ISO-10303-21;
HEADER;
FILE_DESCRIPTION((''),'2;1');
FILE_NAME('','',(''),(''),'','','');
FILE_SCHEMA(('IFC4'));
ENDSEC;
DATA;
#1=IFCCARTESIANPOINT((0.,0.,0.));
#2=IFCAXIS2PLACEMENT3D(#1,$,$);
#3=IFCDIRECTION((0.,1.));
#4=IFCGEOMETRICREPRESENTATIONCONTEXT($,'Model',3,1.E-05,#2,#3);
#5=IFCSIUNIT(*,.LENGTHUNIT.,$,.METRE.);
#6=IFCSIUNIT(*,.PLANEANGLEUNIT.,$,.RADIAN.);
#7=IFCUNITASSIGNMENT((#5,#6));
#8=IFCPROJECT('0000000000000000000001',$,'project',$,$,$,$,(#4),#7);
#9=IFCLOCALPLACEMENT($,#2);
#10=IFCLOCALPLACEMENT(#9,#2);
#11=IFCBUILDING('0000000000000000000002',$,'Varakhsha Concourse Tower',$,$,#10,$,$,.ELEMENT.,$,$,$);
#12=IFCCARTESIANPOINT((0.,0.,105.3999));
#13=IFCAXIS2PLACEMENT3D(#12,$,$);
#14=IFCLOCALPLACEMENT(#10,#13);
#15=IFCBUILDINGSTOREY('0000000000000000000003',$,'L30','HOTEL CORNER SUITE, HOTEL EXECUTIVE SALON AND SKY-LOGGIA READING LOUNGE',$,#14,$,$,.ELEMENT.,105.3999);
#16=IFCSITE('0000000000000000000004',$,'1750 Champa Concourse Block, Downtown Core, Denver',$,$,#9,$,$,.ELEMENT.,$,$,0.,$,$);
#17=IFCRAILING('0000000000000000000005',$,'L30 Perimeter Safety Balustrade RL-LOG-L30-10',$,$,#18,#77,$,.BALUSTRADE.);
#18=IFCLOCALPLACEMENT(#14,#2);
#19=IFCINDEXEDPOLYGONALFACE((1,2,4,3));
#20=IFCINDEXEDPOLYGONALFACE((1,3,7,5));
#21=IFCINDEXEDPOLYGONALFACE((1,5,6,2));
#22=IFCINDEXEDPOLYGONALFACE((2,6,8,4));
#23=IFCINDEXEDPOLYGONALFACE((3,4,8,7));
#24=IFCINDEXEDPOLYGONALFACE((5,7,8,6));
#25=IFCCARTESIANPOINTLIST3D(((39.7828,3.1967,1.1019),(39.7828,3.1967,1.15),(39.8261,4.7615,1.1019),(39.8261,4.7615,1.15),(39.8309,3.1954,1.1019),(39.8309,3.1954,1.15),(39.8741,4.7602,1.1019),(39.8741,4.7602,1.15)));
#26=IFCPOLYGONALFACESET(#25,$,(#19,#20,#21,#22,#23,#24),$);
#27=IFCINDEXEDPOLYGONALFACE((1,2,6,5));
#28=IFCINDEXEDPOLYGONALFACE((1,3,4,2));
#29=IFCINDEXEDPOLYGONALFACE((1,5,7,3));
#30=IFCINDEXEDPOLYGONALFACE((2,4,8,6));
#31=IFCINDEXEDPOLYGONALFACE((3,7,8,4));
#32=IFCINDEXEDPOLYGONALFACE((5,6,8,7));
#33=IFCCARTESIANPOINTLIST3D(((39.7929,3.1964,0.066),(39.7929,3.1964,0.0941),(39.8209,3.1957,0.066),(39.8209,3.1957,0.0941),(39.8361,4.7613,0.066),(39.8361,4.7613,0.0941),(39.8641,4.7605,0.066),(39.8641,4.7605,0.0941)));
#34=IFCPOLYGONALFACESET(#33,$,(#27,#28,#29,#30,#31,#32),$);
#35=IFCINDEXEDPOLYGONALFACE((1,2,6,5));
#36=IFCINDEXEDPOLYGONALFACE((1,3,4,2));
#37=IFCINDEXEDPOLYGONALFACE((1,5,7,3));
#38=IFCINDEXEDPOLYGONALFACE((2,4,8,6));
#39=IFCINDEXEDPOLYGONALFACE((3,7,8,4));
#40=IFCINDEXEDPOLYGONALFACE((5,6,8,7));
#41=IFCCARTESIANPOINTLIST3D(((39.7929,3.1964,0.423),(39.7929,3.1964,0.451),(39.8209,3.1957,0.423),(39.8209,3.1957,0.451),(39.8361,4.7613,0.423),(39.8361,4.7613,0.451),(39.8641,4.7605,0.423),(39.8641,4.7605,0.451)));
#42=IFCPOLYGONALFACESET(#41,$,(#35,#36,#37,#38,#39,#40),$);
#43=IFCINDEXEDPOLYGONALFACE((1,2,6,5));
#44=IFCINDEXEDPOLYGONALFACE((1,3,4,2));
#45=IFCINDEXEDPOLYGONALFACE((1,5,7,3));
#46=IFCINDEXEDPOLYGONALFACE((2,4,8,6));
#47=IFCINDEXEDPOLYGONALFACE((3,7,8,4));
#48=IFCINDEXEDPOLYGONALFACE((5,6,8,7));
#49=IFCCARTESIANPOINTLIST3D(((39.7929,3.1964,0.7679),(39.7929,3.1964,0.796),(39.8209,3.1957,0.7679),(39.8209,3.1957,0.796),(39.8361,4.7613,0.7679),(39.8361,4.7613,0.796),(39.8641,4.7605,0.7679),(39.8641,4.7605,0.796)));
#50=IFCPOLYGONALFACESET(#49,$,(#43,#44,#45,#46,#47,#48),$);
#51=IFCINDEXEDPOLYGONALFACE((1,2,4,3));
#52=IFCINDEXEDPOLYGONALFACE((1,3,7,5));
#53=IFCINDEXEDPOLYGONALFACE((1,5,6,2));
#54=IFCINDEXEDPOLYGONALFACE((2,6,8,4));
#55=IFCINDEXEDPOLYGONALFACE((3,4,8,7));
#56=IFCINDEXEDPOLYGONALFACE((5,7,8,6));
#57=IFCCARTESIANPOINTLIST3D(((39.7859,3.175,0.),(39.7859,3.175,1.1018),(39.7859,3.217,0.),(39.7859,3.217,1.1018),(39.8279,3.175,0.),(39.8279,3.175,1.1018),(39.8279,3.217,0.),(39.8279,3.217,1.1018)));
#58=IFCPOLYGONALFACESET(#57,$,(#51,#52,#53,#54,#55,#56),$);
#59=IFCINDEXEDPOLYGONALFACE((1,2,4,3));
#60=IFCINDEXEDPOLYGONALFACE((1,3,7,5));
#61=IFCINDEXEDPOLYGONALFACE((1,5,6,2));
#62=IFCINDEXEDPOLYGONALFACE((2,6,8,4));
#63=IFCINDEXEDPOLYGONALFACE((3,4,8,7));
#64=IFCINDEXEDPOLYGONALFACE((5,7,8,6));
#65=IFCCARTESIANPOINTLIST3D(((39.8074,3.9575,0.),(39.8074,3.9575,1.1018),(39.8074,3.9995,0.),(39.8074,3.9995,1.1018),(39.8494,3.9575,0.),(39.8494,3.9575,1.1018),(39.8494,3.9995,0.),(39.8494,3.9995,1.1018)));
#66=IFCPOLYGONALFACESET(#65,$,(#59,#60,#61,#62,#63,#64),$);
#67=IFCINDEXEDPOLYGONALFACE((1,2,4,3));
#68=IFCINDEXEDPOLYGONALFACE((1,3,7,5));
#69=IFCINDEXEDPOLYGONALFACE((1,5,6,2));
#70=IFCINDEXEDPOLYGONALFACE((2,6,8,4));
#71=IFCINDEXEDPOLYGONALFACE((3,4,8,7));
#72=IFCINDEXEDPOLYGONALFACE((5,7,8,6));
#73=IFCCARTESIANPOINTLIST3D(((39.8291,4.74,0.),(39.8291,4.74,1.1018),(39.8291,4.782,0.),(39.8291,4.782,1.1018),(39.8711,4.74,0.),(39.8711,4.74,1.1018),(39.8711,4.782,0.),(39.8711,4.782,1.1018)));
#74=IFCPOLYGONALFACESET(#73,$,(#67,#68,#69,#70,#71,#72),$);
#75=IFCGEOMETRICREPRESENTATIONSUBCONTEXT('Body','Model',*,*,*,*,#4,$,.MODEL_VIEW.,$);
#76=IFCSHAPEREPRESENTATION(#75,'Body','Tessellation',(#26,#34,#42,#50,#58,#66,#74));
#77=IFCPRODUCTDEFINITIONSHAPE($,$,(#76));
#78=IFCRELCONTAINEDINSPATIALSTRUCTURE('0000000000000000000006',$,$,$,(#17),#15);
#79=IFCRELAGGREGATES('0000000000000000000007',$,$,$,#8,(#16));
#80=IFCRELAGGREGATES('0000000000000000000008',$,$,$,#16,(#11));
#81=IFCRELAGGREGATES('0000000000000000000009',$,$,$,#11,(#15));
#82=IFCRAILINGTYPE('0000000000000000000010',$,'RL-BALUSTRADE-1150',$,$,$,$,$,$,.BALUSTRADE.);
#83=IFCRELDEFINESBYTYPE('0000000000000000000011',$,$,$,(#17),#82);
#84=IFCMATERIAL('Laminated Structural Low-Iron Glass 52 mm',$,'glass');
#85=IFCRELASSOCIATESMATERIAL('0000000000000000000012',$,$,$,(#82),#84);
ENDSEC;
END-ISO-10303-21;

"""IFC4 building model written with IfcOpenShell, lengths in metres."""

from ifc_helpers import new_model, si_unit, direction, frame, origin, origin_2d, place, context, subcontext, project, spatial, rectangle, extrude, material, type_object, element, save


model = new_model("IFC4")

# Units and contexts
model_context = context("Model", 3, precision=1e-05, world=origin(), true_north=direction((0.0, 1.0)))
body_context = subcontext(model_context, "Body", "Model", "MODEL_VIEW")
ifc_project = project(units=[si_unit("LENGTHUNIT", "METRE"), si_unit("PLANEANGLEUNIT", "RADIAN")], contexts=[model_context])

# Site, building, storey
site_placement = place(None, origin())
site = spatial("IfcSite", under=ifc_project, at=site_placement, Name="1750 Champa Concourse Block, Downtown Core, Denver", CompositionType="ELEMENT", RefElevation=0.0)
building_placement = place(site_placement, origin())
building = spatial("IfcBuilding", under=site, at=building_placement, Name="Varakhsha Concourse Tower", CompositionType="ELEMENT")
storey_placement = place(building_placement, frame((0.0, 0.0, 105.3999)))
storey = spatial("IfcBuildingStorey", under=building, at=storey_placement, Name="L30", Description="HOTEL CORNER SUITE, HOTEL EXECUTIVE SALON AND SKY-LOGGIA READING LOUNGE", CompositionType="ELEMENT", Elevation=105.3999)

# Railing
ifc_material_1 = material(Name="Laminated Structural Low-Iron Glass 52 mm", Category="glass")
railing_type = type_object("IfcRailingType", Name="RL-BALUSTRADE-1150", PredefinedType="BALUSTRADE", material=ifc_material_1)
railing_1_placement = place(storey_placement, frame((39.8069, 3.196, 0.0)))
element("IfcRailing", 1, at=railing_1_placement, inside=storey, type_object=railing_type, Name="L30 Perimeter Safety Balustrade RL-LOG-L30-10", PredefinedType="BALUSTRADE", context=body_context, shape_type="SweptSolid", body=[
    extrude(rectangle(XDim=0.0481, YDim=0.0481, at=origin_2d()), frame((0.0, 0.0, 1.126), z_axis=(0.027603, 0.999619, 0.0), x_axis=(-0.999619, 0.027603, 0.0)), (0.0, 0.0, 1.0), 1.5654),
    extrude(rectangle(XDim=0.0281, YDim=0.0281, at=origin_2d()), frame((0.0, 0.0, 0.0801), z_axis=(0.027603, 0.999619, 0.0), x_axis=(-0.999619, 0.027603, 0.0)), (0.0, 0.0, 1.0), 1.5654),
    extrude(rectangle(XDim=0.0281, YDim=0.0281, at=origin_2d()), frame((0.0, 0.0, 0.437), z_axis=(0.027603, 0.999619, 0.0), x_axis=(-0.999619, 0.027603, 0.0)), (0.0, 0.0, 1.0), 1.5654),
    extrude(rectangle(XDim=0.0281, YDim=0.0281, at=origin_2d()), frame((0.0, 0.0, 0.782), z_axis=(0.027603, 0.999619, 0.0), x_axis=(-0.999619, 0.027603, 0.0)), (0.0, 0.0, 1.0), 1.5654),
    extrude(rectangle(XDim=0.042, YDim=0.042, at=origin_2d()), origin(), (0.0, 0.0, 1.0), 1.1018),
    extrude(rectangle(XDim=0.042, YDim=0.042, at=origin_2d()), frame((0.0215, 0.7825, 0.0)), (0.0, 0.0, 1.0), 1.1018),
    extrude(rectangle(XDim=0.042, YDim=0.042, at=origin_2d()), frame((0.0432, 1.5649, 0.0)), (0.0, 0.0, 1.0), 1.1018),
])

save(model, "model.ifc")
